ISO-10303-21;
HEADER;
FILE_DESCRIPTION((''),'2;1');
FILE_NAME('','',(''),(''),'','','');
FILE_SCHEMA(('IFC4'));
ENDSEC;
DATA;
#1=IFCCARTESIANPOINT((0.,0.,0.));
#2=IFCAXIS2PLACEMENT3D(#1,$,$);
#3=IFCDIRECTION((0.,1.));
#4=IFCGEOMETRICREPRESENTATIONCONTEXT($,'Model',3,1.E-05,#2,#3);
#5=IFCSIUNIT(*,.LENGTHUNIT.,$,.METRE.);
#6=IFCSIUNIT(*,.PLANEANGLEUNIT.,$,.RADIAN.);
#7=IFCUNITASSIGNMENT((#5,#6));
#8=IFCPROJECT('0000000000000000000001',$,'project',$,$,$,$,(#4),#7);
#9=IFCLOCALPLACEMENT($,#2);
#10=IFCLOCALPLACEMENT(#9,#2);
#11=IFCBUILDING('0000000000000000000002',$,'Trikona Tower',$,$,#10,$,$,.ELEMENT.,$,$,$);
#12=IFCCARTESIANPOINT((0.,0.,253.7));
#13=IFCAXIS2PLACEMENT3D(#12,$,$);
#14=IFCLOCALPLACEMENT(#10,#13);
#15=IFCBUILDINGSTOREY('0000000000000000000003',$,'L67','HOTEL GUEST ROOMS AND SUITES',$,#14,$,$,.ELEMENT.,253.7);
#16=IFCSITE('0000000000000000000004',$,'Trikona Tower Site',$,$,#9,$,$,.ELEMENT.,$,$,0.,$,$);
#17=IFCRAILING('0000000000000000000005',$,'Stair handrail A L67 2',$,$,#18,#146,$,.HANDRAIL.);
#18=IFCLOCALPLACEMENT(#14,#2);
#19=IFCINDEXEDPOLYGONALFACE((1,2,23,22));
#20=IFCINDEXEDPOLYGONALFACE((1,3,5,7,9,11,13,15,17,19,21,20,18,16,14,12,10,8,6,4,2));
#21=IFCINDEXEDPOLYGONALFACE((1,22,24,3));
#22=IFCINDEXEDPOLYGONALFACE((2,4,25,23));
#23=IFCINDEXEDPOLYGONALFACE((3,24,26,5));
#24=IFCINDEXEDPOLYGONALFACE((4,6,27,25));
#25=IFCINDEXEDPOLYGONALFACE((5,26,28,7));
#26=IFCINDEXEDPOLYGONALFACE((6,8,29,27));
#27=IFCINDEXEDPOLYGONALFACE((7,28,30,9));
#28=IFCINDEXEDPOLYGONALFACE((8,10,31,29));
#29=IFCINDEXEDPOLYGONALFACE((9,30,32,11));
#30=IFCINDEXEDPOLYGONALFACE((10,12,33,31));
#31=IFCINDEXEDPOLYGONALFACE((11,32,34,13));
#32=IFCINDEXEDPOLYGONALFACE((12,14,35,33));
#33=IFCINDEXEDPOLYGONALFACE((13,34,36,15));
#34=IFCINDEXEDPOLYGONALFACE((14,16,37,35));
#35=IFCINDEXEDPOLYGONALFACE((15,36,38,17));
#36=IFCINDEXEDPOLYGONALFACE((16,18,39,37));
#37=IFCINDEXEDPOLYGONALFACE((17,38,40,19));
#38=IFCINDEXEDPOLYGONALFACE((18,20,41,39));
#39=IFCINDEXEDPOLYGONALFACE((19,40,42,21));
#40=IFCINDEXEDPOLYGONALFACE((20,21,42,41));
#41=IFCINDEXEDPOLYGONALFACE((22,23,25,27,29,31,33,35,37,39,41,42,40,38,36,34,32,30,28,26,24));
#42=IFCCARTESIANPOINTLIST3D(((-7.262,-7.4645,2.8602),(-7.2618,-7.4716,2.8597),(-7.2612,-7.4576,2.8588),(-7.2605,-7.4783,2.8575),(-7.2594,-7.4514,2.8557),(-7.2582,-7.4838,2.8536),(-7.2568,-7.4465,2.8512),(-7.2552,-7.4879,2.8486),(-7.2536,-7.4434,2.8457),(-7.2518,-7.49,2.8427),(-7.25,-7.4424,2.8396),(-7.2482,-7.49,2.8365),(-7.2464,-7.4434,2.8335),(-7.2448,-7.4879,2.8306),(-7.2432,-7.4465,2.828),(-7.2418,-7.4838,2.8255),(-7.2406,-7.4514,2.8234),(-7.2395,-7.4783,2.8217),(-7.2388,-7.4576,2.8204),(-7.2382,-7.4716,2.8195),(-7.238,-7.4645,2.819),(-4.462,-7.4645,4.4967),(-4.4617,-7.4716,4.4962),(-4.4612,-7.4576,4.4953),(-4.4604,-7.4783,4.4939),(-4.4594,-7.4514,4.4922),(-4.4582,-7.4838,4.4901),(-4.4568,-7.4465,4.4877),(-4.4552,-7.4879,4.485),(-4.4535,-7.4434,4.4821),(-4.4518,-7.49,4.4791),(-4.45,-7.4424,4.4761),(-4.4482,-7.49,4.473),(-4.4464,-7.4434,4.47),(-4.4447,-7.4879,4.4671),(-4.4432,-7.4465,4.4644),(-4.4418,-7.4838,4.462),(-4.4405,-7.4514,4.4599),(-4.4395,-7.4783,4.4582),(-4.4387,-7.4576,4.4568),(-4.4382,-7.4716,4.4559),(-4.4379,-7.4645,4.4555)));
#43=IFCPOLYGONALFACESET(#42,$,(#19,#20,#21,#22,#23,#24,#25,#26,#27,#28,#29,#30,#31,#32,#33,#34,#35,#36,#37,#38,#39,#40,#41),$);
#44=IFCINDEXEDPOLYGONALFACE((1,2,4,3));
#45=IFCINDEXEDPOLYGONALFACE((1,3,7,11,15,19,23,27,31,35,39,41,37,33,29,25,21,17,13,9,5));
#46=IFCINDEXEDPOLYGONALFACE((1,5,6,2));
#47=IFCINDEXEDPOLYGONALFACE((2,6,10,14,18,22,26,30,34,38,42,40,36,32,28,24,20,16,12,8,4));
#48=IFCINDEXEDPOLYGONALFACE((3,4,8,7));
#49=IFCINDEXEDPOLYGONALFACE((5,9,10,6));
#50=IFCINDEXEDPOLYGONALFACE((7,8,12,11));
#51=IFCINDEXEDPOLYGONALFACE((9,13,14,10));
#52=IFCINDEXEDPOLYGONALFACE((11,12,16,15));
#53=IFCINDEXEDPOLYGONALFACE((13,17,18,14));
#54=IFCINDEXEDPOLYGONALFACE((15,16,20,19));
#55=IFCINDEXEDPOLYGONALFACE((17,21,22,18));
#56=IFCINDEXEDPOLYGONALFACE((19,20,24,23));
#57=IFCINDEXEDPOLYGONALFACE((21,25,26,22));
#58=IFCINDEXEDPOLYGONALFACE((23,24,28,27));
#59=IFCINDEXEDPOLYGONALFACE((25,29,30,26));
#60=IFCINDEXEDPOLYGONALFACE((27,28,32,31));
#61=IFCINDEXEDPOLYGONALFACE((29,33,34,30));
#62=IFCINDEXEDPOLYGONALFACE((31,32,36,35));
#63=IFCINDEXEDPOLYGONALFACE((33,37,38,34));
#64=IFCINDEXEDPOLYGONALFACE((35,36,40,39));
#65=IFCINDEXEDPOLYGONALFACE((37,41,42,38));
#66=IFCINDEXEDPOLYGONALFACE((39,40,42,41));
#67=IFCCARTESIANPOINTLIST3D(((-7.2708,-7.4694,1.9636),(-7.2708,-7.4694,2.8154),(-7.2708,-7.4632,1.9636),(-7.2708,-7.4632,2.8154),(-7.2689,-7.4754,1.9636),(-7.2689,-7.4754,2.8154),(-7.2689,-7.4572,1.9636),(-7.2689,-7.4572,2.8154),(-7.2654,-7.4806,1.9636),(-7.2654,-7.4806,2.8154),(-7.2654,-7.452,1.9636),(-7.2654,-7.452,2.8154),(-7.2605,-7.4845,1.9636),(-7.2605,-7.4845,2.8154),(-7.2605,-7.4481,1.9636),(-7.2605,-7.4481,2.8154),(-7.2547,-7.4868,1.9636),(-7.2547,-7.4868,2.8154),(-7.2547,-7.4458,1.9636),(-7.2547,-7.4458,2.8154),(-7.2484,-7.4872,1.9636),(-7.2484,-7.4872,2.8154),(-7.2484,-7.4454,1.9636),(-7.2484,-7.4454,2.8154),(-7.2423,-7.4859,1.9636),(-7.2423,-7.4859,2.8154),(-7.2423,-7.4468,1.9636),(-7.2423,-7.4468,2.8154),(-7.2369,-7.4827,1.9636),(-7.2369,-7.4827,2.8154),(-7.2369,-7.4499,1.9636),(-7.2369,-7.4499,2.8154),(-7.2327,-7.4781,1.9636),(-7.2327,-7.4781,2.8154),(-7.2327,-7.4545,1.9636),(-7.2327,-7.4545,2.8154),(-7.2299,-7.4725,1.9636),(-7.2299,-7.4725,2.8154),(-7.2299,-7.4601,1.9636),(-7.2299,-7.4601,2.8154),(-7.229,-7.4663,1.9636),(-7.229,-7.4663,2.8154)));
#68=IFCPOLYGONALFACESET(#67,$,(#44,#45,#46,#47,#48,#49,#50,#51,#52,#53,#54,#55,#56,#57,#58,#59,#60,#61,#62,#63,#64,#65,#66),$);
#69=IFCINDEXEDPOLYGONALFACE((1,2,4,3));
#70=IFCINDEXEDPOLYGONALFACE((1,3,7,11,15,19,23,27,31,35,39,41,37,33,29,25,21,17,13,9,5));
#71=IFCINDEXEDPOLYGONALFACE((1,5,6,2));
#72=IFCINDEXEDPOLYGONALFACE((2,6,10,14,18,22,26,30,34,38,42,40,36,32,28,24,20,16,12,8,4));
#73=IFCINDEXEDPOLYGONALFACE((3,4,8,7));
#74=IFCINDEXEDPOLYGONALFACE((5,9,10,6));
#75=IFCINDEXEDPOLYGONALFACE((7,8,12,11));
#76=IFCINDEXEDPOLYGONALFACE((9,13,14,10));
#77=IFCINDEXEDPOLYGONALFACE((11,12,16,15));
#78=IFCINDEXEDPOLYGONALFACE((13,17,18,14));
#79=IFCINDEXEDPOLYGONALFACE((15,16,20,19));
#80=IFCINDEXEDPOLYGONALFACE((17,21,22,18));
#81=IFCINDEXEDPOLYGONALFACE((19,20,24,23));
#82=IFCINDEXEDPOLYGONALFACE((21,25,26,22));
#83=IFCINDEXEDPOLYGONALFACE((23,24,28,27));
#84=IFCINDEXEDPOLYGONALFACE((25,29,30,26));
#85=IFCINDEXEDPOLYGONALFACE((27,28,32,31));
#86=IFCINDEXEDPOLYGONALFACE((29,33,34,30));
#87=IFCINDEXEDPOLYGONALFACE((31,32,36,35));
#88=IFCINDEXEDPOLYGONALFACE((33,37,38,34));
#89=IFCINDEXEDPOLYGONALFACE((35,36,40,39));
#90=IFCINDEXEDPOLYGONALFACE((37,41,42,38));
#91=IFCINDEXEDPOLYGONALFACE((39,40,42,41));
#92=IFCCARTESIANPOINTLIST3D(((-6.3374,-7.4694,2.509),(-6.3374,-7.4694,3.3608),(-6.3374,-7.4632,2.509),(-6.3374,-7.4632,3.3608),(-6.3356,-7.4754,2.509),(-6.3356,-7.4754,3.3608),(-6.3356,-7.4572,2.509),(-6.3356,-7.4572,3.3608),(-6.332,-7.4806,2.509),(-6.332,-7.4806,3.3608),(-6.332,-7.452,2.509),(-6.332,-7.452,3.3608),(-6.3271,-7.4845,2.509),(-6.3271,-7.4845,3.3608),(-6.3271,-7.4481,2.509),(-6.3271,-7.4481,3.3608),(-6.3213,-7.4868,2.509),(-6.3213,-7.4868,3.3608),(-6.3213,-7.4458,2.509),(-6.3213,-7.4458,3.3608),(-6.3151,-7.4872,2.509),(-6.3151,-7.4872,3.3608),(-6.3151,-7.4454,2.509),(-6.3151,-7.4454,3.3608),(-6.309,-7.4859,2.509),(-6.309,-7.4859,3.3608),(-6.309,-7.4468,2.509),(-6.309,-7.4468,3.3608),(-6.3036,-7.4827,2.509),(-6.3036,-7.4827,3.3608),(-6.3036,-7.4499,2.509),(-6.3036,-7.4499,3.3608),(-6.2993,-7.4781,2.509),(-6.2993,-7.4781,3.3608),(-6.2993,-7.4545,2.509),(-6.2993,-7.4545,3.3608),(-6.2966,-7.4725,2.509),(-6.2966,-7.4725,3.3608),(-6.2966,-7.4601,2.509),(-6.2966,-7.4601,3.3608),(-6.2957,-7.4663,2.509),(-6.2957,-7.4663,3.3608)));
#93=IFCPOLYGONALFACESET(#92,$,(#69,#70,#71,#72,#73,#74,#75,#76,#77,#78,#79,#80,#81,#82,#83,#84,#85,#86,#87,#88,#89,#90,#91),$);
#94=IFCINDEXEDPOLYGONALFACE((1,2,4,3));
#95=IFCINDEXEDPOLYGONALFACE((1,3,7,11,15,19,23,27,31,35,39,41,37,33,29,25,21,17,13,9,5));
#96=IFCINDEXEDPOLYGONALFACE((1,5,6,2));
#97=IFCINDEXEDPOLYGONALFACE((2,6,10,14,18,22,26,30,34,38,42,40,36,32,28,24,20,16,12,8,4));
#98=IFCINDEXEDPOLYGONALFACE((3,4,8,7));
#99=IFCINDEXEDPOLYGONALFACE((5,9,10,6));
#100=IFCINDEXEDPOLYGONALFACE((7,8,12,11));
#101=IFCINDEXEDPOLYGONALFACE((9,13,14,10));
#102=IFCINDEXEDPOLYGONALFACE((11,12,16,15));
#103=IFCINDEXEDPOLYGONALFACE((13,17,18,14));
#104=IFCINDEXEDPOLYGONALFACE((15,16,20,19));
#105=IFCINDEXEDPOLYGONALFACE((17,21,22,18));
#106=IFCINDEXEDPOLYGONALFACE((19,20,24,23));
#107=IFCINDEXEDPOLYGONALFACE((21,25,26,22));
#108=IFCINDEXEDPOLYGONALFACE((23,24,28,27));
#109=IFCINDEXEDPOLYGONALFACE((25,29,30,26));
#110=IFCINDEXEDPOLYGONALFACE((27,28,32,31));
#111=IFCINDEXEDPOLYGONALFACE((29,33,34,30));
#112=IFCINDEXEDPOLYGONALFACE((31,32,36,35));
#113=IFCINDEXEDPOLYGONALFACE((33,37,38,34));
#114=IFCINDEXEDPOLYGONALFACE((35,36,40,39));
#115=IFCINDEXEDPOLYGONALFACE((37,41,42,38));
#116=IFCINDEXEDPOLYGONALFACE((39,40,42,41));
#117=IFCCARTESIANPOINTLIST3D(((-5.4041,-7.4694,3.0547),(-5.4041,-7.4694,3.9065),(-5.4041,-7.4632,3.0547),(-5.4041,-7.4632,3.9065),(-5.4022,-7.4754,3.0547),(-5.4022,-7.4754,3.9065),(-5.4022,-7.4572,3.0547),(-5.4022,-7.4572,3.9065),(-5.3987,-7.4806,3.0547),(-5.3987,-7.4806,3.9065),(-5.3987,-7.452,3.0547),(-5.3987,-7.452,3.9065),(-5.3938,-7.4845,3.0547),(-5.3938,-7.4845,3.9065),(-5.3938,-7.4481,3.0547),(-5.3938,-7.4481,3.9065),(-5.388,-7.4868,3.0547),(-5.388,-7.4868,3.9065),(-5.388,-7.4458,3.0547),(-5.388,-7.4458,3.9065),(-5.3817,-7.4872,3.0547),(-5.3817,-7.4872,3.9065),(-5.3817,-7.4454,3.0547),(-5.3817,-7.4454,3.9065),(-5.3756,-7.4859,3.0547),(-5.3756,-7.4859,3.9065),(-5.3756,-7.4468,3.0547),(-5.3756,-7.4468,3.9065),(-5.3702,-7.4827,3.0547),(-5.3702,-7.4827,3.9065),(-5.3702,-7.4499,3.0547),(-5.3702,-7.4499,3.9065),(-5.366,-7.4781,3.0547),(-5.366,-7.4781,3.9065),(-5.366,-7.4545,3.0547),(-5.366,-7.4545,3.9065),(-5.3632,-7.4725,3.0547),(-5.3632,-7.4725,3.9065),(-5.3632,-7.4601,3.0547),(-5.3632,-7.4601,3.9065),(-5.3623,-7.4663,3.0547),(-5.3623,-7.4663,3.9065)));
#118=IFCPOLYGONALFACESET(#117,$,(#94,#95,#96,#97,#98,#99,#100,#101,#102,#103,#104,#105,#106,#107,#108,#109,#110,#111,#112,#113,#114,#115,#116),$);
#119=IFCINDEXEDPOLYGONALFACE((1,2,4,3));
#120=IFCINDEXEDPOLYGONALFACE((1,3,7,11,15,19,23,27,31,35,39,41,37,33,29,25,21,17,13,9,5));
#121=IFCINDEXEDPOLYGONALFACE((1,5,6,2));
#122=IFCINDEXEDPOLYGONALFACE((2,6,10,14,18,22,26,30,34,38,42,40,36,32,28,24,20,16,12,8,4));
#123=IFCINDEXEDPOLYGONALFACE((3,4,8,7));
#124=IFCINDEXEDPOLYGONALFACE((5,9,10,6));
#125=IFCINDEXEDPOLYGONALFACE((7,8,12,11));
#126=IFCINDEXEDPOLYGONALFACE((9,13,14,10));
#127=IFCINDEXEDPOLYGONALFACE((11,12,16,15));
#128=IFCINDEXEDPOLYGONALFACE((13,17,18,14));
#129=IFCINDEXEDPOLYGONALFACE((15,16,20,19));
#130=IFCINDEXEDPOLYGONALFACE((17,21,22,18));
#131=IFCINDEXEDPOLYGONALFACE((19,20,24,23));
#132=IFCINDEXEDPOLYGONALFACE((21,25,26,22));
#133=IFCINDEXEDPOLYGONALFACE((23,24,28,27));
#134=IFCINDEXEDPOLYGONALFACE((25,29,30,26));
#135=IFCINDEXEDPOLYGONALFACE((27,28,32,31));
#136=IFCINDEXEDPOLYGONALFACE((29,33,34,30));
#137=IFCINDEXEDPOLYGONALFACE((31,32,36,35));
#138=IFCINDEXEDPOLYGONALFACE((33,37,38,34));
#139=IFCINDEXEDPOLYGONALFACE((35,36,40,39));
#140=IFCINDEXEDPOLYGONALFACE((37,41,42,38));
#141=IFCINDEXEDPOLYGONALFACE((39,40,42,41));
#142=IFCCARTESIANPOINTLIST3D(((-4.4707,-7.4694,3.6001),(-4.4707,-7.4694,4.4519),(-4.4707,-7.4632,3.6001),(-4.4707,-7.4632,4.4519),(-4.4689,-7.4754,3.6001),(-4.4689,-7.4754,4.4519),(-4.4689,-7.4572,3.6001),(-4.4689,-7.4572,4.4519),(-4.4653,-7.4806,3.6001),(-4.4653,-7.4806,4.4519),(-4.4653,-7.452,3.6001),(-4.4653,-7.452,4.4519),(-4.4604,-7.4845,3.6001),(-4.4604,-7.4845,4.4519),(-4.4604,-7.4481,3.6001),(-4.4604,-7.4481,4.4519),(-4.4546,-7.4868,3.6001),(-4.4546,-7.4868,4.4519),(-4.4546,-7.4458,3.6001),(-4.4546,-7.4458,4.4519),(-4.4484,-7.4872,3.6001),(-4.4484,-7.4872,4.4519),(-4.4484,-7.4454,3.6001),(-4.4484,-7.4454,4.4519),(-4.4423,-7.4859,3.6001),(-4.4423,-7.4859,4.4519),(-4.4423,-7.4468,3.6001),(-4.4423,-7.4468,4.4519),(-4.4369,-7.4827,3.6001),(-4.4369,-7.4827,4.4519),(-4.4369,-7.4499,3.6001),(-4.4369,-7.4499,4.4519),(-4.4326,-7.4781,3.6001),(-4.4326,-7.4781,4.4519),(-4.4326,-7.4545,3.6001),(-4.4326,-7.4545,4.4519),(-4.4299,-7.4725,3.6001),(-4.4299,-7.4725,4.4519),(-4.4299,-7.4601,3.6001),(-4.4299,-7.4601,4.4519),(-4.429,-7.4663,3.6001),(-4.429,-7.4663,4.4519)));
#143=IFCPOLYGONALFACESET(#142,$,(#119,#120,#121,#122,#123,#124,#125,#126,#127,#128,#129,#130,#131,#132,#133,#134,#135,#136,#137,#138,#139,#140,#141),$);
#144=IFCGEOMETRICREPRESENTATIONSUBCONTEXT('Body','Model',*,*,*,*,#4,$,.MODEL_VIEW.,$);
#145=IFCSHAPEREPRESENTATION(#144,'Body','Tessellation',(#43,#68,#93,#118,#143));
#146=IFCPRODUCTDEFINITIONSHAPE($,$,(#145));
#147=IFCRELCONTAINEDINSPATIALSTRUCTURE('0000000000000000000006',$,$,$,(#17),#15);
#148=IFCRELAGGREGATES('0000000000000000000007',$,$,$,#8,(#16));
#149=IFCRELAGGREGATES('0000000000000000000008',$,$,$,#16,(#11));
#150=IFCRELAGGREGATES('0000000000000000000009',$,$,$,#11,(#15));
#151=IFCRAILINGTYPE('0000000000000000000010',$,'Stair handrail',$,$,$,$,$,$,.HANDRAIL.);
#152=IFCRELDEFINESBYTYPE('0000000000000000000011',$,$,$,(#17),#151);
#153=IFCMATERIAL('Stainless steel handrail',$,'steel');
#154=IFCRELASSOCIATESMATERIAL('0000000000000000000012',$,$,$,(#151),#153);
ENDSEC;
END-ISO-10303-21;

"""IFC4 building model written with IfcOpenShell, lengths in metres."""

from ifc_helpers import new_model, si_unit, direction, frame, origin, origin_2d, place, context, subcontext, project, spatial, circle, extrude, material, type_object, element, save


model = new_model("IFC4")

# Units and contexts
model_context = context("Model", 3, precision=1e-05, world=origin(), true_north=direction((0.0, 1.0)))
body_context = subcontext(model_context, "Body", "Model", "MODEL_VIEW")
ifc_project = project(units=[si_unit("LENGTHUNIT", "METRE"), si_unit("PLANEANGLEUNIT", "RADIAN")], contexts=[model_context])

# Site, building, storey
site_placement = place(None, origin())
site = spatial("IfcSite", under=ifc_project, at=site_placement, Name="Trikona Tower Site", CompositionType="ELEMENT", RefElevation=0.0)
building_placement = place(site_placement, origin())
building = spatial("IfcBuilding", under=site, at=building_placement, Name="Trikona Tower", CompositionType="ELEMENT")
storey_placement = place(building_placement, frame((0.0, 0.0, 253.7)))
storey = spatial("IfcBuildingStorey", under=building, at=storey_placement, Name="L67", Description="HOTEL GUEST ROOMS AND SUITES", CompositionType="ELEMENT", Elevation=253.7)

# Railing
ifc_material_1 = material(Name="Stainless steel handrail", Category="steel")
railing_type = type_object("IfcRailingType", Name="Stair handrail", PredefinedType="HANDRAIL", material=ifc_material_1)
railing_1_placement = place(storey_placement, frame((-7.25, -7.4663, 1.9636)))
element("IfcRailing", 1, at=railing_1_placement, inside=storey, type_object=railing_type, Name="Stair handrail A L67 2", PredefinedType="HANDRAIL", context=body_context, shape_type="SweptSolid", body=[
    extrude(circle(Radius=0.0239, at=origin_2d()), frame((0.0, 0.0, 0.876), z_axis=(0.863361, 0.0, 0.504587), x_axis=(0.0, 1.0, 0.0)), (0.0, 0.0, 1.0), 3.2432),
    extrude(circle(Radius=0.021, at=origin_2d()), origin(), (0.0, 0.0, 1.0), 0.8518),
    extrude(circle(Radius=0.021, at=origin_2d()), frame((0.9333, 0.0, 0.5454)), (0.0, 0.0, 1.0), 0.8518),
    extrude(circle(Radius=0.021, at=origin_2d()), frame((1.8667, 0.0, 1.0911)), (0.0, 0.0, 1.0), 0.8518),
    extrude(circle(Radius=0.021, at=origin_2d()), frame((2.8, 0.0, 1.6365)), (0.0, 0.0, 1.0), 0.8518),
])

save(model, "model.ifc")
